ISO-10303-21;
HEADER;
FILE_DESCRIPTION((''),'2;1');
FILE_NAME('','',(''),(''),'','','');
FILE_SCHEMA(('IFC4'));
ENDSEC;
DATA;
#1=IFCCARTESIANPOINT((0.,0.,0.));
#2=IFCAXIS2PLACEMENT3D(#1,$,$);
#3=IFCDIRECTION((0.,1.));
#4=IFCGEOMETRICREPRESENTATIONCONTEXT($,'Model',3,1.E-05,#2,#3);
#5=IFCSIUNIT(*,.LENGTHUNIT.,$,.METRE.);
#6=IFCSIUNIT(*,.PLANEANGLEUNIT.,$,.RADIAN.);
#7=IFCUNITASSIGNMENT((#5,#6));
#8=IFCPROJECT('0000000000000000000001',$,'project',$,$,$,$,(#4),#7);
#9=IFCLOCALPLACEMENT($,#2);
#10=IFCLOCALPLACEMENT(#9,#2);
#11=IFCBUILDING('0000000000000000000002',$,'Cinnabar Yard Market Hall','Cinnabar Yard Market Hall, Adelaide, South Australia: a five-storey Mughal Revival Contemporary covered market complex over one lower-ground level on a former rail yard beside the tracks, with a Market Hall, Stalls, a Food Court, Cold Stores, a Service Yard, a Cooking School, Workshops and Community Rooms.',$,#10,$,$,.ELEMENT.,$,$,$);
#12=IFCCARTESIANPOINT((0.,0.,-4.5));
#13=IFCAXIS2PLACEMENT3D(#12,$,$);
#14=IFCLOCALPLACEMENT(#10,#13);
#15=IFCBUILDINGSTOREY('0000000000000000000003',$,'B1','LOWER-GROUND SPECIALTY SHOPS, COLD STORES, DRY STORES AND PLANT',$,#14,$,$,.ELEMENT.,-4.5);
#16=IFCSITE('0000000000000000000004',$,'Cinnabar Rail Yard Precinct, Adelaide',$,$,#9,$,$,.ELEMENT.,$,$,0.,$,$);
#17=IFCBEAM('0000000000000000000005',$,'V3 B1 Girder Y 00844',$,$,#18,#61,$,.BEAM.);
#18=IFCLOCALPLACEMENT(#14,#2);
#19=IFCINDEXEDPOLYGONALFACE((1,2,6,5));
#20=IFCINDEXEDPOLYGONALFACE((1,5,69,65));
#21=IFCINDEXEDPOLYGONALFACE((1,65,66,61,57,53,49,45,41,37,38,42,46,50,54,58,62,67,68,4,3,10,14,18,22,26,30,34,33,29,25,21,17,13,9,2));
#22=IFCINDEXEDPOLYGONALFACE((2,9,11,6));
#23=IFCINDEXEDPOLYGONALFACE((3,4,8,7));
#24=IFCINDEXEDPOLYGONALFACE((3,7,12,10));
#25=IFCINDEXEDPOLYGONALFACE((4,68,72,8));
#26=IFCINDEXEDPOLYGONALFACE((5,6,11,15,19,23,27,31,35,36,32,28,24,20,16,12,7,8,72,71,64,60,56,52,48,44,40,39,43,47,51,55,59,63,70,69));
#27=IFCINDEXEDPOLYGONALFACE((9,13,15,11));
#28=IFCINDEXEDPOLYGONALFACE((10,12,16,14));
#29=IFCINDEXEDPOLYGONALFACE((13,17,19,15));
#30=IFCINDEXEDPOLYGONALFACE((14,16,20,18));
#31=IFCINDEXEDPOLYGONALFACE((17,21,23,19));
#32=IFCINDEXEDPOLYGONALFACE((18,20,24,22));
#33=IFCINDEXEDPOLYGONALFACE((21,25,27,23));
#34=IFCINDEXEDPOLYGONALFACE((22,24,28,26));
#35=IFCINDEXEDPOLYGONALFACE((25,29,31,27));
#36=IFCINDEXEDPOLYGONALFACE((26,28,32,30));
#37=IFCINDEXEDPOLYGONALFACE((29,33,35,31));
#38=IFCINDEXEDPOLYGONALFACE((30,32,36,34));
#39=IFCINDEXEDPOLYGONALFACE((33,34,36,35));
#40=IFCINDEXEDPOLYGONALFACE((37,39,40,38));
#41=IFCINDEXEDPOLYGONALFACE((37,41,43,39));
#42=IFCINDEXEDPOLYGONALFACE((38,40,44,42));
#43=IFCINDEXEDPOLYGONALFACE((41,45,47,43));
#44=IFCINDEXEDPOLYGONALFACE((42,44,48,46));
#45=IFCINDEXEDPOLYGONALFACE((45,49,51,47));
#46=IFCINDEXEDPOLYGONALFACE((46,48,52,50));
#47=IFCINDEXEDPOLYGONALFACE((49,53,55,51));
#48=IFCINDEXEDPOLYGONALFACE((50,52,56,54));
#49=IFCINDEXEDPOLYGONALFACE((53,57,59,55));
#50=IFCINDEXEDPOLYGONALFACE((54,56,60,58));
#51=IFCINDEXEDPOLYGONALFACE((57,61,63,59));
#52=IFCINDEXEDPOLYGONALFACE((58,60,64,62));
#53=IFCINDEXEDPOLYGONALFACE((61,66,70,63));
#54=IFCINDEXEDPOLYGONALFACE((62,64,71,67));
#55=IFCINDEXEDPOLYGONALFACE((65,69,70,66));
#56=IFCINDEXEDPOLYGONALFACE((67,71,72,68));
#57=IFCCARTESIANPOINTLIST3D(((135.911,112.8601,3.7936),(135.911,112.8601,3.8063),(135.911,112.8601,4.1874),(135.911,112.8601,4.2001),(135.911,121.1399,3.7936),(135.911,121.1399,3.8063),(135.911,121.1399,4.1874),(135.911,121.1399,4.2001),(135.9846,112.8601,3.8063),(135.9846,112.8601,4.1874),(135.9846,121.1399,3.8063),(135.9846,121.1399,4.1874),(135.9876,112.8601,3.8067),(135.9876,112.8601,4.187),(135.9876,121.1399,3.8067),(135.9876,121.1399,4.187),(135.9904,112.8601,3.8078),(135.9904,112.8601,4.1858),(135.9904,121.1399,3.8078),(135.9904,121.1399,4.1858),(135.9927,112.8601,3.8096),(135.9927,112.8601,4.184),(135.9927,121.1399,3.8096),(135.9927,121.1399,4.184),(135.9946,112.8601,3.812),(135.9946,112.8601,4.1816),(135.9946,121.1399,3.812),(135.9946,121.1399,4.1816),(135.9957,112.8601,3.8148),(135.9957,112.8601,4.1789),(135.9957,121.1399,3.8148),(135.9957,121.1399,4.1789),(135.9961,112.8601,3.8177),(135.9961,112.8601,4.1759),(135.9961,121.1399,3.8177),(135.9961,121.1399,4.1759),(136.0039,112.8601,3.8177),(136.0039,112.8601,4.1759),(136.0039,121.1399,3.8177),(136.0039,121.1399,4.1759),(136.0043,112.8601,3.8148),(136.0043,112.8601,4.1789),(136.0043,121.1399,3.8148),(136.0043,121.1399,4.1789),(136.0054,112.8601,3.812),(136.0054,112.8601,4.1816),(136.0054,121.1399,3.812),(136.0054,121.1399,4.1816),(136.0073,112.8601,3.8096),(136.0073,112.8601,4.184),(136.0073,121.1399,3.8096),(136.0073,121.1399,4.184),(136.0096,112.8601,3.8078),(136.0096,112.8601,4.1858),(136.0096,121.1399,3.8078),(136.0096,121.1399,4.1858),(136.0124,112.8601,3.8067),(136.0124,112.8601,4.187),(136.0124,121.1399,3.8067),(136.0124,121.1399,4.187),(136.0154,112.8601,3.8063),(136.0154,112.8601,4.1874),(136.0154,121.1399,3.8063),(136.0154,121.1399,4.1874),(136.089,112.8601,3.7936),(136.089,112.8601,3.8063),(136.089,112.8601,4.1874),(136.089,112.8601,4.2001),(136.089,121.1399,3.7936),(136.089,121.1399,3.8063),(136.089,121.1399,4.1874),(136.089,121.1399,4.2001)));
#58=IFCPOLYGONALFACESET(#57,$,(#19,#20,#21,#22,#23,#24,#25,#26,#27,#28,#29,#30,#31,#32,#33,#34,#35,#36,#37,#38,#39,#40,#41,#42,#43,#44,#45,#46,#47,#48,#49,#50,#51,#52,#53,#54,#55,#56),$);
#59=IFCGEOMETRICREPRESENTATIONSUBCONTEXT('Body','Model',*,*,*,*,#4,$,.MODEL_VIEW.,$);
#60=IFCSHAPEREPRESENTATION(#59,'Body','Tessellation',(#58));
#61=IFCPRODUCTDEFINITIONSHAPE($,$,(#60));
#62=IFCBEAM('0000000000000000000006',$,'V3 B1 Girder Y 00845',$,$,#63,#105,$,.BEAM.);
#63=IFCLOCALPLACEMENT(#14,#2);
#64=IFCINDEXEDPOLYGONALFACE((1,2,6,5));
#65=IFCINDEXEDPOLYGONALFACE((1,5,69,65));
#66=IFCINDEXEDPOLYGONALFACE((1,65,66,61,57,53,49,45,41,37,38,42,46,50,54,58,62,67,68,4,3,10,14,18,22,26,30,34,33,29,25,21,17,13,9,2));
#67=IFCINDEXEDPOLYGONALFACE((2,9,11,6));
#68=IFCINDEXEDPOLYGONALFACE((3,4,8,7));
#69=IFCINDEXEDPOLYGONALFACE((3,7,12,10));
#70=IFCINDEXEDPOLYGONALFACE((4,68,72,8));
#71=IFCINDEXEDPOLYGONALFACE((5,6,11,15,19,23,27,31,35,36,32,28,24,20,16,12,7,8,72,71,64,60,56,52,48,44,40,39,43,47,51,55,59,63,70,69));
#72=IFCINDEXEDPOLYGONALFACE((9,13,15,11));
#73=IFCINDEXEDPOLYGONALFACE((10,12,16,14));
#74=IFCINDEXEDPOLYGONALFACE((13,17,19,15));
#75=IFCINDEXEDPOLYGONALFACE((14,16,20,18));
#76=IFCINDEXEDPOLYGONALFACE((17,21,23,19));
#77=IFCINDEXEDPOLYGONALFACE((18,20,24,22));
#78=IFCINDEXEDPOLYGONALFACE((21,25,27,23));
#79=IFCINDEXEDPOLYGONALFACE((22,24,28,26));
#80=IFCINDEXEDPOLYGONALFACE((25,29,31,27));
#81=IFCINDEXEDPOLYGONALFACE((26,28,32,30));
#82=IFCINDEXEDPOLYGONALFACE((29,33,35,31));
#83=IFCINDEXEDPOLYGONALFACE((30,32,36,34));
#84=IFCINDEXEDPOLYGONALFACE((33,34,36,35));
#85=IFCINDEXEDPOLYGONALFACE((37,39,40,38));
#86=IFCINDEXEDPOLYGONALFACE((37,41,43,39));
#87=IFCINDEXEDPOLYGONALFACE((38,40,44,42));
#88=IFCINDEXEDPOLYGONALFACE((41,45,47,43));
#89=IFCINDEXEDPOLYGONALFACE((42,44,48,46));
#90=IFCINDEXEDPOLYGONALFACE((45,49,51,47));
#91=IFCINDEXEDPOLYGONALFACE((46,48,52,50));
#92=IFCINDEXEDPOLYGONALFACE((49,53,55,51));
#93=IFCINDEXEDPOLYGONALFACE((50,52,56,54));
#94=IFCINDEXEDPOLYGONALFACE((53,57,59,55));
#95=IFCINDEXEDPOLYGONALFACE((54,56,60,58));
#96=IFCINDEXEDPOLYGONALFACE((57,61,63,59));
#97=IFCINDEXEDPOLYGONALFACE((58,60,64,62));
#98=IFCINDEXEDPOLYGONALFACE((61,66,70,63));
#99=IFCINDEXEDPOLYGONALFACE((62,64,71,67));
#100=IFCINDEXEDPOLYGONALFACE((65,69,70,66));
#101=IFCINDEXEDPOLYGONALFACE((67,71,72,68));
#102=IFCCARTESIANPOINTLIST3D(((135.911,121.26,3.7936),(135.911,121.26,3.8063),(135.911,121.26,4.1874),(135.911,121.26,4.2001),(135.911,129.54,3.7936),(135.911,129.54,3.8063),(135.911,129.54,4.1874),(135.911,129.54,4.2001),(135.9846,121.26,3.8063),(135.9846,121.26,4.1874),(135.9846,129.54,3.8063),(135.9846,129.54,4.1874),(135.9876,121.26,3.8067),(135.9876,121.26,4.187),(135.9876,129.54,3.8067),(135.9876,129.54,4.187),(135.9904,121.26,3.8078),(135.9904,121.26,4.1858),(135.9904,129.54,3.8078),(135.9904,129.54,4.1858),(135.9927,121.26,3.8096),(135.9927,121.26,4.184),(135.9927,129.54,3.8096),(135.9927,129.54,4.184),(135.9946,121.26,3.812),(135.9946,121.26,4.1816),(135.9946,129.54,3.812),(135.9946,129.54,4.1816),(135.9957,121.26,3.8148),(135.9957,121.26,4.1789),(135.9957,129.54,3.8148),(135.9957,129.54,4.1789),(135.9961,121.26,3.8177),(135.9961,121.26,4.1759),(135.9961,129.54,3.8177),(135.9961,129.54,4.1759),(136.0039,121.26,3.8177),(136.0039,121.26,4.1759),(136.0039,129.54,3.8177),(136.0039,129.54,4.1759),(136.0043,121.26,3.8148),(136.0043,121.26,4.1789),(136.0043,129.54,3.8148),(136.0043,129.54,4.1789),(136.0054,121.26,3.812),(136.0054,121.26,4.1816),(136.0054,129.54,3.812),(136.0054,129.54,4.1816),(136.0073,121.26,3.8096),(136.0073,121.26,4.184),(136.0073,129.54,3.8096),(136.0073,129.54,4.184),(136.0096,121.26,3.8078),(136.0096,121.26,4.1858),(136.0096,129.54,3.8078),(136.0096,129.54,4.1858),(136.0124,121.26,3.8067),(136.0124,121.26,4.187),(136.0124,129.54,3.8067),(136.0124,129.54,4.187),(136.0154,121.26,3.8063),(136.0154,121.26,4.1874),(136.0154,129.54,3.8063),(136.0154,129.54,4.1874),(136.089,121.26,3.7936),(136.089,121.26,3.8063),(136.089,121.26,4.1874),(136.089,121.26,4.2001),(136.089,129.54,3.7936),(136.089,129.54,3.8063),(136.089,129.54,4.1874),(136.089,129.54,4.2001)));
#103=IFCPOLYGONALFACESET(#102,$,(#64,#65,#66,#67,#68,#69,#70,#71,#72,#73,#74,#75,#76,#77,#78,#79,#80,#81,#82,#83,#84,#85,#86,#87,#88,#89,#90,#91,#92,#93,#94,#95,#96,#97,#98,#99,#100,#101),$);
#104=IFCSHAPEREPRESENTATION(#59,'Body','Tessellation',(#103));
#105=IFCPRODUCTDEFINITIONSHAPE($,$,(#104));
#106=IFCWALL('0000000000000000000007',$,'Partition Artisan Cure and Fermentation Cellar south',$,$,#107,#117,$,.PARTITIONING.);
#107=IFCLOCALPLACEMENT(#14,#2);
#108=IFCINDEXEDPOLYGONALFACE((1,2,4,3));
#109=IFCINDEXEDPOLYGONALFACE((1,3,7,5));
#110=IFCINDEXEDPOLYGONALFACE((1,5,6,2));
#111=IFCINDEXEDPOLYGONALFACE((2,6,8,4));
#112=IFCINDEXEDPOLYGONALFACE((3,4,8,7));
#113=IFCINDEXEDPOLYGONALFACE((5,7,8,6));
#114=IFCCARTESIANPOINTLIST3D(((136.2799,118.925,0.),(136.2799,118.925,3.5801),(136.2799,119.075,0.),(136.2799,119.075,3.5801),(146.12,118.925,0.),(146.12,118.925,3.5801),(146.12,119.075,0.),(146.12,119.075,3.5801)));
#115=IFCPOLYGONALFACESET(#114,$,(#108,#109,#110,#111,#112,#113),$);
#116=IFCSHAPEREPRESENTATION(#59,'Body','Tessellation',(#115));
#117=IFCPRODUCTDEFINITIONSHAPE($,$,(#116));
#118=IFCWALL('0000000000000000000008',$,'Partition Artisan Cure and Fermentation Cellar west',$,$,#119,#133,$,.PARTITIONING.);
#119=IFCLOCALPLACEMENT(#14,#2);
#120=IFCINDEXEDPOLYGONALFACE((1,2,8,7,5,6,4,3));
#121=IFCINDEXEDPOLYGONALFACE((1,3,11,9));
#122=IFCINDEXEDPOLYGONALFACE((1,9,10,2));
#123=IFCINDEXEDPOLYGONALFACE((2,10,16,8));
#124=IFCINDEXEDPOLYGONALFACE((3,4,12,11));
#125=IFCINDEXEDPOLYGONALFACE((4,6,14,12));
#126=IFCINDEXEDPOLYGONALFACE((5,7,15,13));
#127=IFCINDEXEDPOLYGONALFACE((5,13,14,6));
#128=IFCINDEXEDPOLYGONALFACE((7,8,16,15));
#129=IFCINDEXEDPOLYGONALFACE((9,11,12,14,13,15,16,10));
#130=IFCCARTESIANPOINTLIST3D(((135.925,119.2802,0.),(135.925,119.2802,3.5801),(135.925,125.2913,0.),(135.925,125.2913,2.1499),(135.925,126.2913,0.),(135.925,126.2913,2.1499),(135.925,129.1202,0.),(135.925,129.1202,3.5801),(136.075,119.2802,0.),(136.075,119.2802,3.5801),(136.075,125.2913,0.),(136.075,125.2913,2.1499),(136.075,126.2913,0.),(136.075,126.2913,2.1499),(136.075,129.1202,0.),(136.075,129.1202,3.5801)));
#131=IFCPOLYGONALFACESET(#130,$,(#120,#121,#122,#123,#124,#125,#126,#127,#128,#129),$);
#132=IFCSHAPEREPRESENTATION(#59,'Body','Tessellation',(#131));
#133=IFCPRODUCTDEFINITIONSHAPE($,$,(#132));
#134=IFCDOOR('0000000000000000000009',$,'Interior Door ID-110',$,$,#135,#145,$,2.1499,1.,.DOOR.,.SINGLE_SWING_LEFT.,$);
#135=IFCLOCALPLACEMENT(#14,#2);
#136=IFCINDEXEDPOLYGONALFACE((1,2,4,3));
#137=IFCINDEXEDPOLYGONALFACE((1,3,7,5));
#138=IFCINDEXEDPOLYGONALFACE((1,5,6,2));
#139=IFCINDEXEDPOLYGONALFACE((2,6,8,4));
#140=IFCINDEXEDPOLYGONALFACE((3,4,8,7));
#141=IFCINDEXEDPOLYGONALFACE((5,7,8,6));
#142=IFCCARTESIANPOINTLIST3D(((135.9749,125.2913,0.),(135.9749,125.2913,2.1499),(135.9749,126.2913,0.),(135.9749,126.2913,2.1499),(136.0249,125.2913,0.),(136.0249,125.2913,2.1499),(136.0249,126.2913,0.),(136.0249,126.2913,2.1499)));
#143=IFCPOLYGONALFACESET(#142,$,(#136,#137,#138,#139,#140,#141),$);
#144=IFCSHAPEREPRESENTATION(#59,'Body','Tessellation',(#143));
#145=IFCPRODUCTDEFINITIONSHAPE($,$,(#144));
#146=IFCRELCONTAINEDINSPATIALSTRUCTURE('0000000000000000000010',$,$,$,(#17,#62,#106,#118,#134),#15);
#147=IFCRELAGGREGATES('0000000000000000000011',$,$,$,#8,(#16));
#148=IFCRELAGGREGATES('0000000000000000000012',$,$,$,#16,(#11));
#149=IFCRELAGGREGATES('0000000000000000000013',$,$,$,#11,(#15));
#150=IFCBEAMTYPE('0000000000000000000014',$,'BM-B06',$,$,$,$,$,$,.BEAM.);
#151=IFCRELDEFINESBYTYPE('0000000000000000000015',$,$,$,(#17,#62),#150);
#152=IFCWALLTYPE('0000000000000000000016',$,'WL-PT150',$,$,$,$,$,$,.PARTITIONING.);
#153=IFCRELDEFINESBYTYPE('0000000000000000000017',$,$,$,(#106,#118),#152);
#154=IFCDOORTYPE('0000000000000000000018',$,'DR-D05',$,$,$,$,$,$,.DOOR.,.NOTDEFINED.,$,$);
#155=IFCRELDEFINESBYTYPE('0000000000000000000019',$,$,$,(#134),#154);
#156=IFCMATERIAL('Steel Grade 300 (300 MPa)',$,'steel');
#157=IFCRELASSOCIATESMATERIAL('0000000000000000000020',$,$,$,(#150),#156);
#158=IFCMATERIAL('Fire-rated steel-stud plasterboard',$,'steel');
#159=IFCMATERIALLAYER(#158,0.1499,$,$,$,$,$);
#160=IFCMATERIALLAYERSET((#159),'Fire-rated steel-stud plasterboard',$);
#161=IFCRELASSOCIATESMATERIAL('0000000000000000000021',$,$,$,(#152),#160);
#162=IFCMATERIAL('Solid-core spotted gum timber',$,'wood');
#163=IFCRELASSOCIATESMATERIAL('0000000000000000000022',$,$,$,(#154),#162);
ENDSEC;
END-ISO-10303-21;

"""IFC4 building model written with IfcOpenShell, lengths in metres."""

from ifc_helpers import new_model, si_unit, direction, frame, frame_2d, origin, origin_2d_with_axis, place, context, subcontext, project, spatial, rectangle, i_section, extrude, material, layer, layer_set, material_profile, profile_set, type_object, element, fill, save


model = new_model("IFC4")

# Units and contexts
model_context = context("Model", 3, precision=1e-05, world=origin(), true_north=direction((0.0, 1.0)))
body_context = subcontext(model_context, "Body", "Model", "MODEL_VIEW")
ifc_project = project(units=[si_unit("LENGTHUNIT", "METRE"), si_unit("PLANEANGLEUNIT", "RADIAN")], contexts=[model_context])

# Site, building, storey
site_placement = place(None, origin())
site = spatial("IfcSite", under=ifc_project, at=site_placement, Name="Cinnabar Rail Yard Precinct, Adelaide", CompositionType="ELEMENT", RefElevation=0.0)
building_placement = place(site_placement, origin())
building = spatial("IfcBuilding", under=site, at=building_placement, Name="Cinnabar Yard Market Hall", Description="Cinnabar Yard Market Hall, Adelaide, South Australia: a five-storey Mughal Revival Contemporary covered market complex over one lower-ground level on a former rail yard beside the tracks, with a Market Hall, Stalls, a Food Court, Cold Stores, a Service Yard, a Cooking School, Workshops and Community Rooms.", CompositionType="ELEMENT")
storey_placement = place(building_placement, frame((0.0, 0.0, -4.5)))
storey = spatial("IfcBuildingStorey", under=building, at=storey_placement, Name="B1", Description="LOWER-GROUND SPECIALTY SHOPS, COLD STORES, DRY STORES AND PLANT", CompositionType="ELEMENT", Elevation=-4.5)

# Shared definitions
ifc_material_1 = material(Name="Steel Grade 300 (300 MPa)", Category="steel")

# Beams
ifc_material_profile_1 = material_profile(ifc_material_1, i_section(OverallWidth=0.178, OverallDepth=0.4065, WebThickness=0.0078, FlangeThickness=0.0127, FilletRadius=0.0115, at=origin_2d_with_axis()), Name="410UB59.7")
ifc_profile_set_1 = profile_set([ifc_material_profile_1], Name="Steel Grade 300 (300 MPa)")
beam_type_1 = type_object("IfcBeamType", Name="BM-B06", PredefinedType="BEAM", material=ifc_profile_set_1)
beam_1_placement = place(storey_placement, frame((136.0, 112.8601, 3.9968), z_axis=(0.0, 1.0, 0.0), x_axis=(-1.0, 0.0, 0.0)))
element("IfcBeam", 1, at=beam_1_placement, inside=storey, type_object=beam_type_1, Name="V3 B1 Girder Y 00844", PredefinedType="BEAM", context=body_context, shape_type="SweptSolid", body=[
    extrude(i_section(OverallWidth=0.178, OverallDepth=0.4065, WebThickness=0.0078, FlangeThickness=0.0127, FilletRadius=0.0115, at=origin_2d_with_axis()), origin(), (0.0, 0.0, 1.0), 8.2798),
])
beam_2_placement = place(storey_placement, frame((136.0, 121.26, 3.9968), z_axis=(0.0, 1.0, 0.0), x_axis=(-1.0, 0.0, 0.0)))
element("IfcBeam", 2, at=beam_2_placement, inside=storey, type_object=beam_type_1, Name="V3 B1 Girder Y 00845", PredefinedType="BEAM", context=body_context, shape_type="SweptSolid", body=[
    extrude(i_section(OverallWidth=0.178, OverallDepth=0.4065, WebThickness=0.0078, FlangeThickness=0.0127, FilletRadius=0.0115, at=origin_2d_with_axis()), origin(), (0.0, 0.0, 1.0), 8.28),
])

# Wall
ifc_material_2 = material(Name="Fire-rated steel-stud plasterboard", Category="steel")
ifc_layer_1 = layer(ifc_material_2, 0.1499)
ifc_layer_set_1 = layer_set([ifc_layer_1], Name="Fire-rated steel-stud plasterboard")
wall_type = type_object("IfcWallType", Name="WL-PT150", PredefinedType="PARTITIONING", material=ifc_layer_set_1)
wall_1_placement = place(storey_placement, frame((136.28, 119.0, 0.0), z_axis=(0.0, 0.0, 1.0), x_axis=(1.0, 0.0, 0.0)))
element("IfcWall", 3, at=wall_1_placement, inside=storey, type_object=wall_type, Name="Partition Artisan Cure and Fermentation Cellar south", PredefinedType="PARTITIONING", context=body_context, shape_type="SweptSolid", body=[
    extrude(rectangle(XDim=9.8401, YDim=0.1499, at=frame_2d((4.9199, 0.0), x_axis=(1.0, 0.0))), origin(), (0.0, 0.0, 1.0), 3.5801),
])

# Wall, opening, door
wall_2_placement = place(storey_placement, frame((136.0, 129.1201, 0.0), z_axis=(0.0, 0.0, 1.0), x_axis=(0.0, -1.0, 0.0)))
wall_2 = element("IfcWall", 4, at=wall_2_placement, inside=storey, type_object=wall_type, Name="Partition Artisan Cure and Fermentation Cellar west", PredefinedType="PARTITIONING", context=body_context, shape_type="SweptSolid", body=[
    extrude(rectangle(XDim=9.8401, YDim=0.1499, at=frame_2d((4.9199, 0.0), x_axis=(1.0, 0.0))), origin(), (0.0, 0.0, 1.0), 3.5801),
])
opening_placement = place(wall_2_placement, frame((2.8289, 0.0, 0.0)))
opening = element("IfcOpeningElement", 5, at=opening_placement, cuts=wall_2, PredefinedType="OPENING", context=body_context, shape_type="SweptSolid", body=[
    extrude(rectangle(XDim=1.0, YDim=2.1499, at=frame_2d((0.5, 1.075), x_axis=(1.0, 0.0))), frame((0.0, 0.085, 0.0), z_axis=(0.0, -1.0, 0.0), x_axis=(1.0, 0.0, 0.0)), (0.0, 0.0, 1.0), 0.1699),
])
ifc_material_3 = material(Name="Solid-core spotted gum timber", Category="wood")
door_type = type_object("IfcDoorType", Name="DR-D05", OperationType="NOTDEFINED", PredefinedType="DOOR", material=ifc_material_3)
door_placement = place(opening_placement, origin())
door = element("IfcDoor", 6, at=door_placement, inside=storey, type_object=door_type, Name="Interior Door ID-110", OperationType="SINGLE_SWING_LEFT", OverallHeight=2.1499, OverallWidth=1.0, PredefinedType="DOOR", context=body_context, shape_type="SweptSolid", body=[
    extrude(rectangle(XDim=1.0, YDim=2.1499, at=frame_2d((0.5, 1.075), x_axis=(1.0, 0.0))), frame((0.0, 0.0249, 0.0), z_axis=(0.0, -1.0, 0.0), x_axis=(1.0, 0.0, 0.0)), (0.0, 0.0, 1.0), 0.05),
])
fill(opening, door)

save(model, "model.ifc")
